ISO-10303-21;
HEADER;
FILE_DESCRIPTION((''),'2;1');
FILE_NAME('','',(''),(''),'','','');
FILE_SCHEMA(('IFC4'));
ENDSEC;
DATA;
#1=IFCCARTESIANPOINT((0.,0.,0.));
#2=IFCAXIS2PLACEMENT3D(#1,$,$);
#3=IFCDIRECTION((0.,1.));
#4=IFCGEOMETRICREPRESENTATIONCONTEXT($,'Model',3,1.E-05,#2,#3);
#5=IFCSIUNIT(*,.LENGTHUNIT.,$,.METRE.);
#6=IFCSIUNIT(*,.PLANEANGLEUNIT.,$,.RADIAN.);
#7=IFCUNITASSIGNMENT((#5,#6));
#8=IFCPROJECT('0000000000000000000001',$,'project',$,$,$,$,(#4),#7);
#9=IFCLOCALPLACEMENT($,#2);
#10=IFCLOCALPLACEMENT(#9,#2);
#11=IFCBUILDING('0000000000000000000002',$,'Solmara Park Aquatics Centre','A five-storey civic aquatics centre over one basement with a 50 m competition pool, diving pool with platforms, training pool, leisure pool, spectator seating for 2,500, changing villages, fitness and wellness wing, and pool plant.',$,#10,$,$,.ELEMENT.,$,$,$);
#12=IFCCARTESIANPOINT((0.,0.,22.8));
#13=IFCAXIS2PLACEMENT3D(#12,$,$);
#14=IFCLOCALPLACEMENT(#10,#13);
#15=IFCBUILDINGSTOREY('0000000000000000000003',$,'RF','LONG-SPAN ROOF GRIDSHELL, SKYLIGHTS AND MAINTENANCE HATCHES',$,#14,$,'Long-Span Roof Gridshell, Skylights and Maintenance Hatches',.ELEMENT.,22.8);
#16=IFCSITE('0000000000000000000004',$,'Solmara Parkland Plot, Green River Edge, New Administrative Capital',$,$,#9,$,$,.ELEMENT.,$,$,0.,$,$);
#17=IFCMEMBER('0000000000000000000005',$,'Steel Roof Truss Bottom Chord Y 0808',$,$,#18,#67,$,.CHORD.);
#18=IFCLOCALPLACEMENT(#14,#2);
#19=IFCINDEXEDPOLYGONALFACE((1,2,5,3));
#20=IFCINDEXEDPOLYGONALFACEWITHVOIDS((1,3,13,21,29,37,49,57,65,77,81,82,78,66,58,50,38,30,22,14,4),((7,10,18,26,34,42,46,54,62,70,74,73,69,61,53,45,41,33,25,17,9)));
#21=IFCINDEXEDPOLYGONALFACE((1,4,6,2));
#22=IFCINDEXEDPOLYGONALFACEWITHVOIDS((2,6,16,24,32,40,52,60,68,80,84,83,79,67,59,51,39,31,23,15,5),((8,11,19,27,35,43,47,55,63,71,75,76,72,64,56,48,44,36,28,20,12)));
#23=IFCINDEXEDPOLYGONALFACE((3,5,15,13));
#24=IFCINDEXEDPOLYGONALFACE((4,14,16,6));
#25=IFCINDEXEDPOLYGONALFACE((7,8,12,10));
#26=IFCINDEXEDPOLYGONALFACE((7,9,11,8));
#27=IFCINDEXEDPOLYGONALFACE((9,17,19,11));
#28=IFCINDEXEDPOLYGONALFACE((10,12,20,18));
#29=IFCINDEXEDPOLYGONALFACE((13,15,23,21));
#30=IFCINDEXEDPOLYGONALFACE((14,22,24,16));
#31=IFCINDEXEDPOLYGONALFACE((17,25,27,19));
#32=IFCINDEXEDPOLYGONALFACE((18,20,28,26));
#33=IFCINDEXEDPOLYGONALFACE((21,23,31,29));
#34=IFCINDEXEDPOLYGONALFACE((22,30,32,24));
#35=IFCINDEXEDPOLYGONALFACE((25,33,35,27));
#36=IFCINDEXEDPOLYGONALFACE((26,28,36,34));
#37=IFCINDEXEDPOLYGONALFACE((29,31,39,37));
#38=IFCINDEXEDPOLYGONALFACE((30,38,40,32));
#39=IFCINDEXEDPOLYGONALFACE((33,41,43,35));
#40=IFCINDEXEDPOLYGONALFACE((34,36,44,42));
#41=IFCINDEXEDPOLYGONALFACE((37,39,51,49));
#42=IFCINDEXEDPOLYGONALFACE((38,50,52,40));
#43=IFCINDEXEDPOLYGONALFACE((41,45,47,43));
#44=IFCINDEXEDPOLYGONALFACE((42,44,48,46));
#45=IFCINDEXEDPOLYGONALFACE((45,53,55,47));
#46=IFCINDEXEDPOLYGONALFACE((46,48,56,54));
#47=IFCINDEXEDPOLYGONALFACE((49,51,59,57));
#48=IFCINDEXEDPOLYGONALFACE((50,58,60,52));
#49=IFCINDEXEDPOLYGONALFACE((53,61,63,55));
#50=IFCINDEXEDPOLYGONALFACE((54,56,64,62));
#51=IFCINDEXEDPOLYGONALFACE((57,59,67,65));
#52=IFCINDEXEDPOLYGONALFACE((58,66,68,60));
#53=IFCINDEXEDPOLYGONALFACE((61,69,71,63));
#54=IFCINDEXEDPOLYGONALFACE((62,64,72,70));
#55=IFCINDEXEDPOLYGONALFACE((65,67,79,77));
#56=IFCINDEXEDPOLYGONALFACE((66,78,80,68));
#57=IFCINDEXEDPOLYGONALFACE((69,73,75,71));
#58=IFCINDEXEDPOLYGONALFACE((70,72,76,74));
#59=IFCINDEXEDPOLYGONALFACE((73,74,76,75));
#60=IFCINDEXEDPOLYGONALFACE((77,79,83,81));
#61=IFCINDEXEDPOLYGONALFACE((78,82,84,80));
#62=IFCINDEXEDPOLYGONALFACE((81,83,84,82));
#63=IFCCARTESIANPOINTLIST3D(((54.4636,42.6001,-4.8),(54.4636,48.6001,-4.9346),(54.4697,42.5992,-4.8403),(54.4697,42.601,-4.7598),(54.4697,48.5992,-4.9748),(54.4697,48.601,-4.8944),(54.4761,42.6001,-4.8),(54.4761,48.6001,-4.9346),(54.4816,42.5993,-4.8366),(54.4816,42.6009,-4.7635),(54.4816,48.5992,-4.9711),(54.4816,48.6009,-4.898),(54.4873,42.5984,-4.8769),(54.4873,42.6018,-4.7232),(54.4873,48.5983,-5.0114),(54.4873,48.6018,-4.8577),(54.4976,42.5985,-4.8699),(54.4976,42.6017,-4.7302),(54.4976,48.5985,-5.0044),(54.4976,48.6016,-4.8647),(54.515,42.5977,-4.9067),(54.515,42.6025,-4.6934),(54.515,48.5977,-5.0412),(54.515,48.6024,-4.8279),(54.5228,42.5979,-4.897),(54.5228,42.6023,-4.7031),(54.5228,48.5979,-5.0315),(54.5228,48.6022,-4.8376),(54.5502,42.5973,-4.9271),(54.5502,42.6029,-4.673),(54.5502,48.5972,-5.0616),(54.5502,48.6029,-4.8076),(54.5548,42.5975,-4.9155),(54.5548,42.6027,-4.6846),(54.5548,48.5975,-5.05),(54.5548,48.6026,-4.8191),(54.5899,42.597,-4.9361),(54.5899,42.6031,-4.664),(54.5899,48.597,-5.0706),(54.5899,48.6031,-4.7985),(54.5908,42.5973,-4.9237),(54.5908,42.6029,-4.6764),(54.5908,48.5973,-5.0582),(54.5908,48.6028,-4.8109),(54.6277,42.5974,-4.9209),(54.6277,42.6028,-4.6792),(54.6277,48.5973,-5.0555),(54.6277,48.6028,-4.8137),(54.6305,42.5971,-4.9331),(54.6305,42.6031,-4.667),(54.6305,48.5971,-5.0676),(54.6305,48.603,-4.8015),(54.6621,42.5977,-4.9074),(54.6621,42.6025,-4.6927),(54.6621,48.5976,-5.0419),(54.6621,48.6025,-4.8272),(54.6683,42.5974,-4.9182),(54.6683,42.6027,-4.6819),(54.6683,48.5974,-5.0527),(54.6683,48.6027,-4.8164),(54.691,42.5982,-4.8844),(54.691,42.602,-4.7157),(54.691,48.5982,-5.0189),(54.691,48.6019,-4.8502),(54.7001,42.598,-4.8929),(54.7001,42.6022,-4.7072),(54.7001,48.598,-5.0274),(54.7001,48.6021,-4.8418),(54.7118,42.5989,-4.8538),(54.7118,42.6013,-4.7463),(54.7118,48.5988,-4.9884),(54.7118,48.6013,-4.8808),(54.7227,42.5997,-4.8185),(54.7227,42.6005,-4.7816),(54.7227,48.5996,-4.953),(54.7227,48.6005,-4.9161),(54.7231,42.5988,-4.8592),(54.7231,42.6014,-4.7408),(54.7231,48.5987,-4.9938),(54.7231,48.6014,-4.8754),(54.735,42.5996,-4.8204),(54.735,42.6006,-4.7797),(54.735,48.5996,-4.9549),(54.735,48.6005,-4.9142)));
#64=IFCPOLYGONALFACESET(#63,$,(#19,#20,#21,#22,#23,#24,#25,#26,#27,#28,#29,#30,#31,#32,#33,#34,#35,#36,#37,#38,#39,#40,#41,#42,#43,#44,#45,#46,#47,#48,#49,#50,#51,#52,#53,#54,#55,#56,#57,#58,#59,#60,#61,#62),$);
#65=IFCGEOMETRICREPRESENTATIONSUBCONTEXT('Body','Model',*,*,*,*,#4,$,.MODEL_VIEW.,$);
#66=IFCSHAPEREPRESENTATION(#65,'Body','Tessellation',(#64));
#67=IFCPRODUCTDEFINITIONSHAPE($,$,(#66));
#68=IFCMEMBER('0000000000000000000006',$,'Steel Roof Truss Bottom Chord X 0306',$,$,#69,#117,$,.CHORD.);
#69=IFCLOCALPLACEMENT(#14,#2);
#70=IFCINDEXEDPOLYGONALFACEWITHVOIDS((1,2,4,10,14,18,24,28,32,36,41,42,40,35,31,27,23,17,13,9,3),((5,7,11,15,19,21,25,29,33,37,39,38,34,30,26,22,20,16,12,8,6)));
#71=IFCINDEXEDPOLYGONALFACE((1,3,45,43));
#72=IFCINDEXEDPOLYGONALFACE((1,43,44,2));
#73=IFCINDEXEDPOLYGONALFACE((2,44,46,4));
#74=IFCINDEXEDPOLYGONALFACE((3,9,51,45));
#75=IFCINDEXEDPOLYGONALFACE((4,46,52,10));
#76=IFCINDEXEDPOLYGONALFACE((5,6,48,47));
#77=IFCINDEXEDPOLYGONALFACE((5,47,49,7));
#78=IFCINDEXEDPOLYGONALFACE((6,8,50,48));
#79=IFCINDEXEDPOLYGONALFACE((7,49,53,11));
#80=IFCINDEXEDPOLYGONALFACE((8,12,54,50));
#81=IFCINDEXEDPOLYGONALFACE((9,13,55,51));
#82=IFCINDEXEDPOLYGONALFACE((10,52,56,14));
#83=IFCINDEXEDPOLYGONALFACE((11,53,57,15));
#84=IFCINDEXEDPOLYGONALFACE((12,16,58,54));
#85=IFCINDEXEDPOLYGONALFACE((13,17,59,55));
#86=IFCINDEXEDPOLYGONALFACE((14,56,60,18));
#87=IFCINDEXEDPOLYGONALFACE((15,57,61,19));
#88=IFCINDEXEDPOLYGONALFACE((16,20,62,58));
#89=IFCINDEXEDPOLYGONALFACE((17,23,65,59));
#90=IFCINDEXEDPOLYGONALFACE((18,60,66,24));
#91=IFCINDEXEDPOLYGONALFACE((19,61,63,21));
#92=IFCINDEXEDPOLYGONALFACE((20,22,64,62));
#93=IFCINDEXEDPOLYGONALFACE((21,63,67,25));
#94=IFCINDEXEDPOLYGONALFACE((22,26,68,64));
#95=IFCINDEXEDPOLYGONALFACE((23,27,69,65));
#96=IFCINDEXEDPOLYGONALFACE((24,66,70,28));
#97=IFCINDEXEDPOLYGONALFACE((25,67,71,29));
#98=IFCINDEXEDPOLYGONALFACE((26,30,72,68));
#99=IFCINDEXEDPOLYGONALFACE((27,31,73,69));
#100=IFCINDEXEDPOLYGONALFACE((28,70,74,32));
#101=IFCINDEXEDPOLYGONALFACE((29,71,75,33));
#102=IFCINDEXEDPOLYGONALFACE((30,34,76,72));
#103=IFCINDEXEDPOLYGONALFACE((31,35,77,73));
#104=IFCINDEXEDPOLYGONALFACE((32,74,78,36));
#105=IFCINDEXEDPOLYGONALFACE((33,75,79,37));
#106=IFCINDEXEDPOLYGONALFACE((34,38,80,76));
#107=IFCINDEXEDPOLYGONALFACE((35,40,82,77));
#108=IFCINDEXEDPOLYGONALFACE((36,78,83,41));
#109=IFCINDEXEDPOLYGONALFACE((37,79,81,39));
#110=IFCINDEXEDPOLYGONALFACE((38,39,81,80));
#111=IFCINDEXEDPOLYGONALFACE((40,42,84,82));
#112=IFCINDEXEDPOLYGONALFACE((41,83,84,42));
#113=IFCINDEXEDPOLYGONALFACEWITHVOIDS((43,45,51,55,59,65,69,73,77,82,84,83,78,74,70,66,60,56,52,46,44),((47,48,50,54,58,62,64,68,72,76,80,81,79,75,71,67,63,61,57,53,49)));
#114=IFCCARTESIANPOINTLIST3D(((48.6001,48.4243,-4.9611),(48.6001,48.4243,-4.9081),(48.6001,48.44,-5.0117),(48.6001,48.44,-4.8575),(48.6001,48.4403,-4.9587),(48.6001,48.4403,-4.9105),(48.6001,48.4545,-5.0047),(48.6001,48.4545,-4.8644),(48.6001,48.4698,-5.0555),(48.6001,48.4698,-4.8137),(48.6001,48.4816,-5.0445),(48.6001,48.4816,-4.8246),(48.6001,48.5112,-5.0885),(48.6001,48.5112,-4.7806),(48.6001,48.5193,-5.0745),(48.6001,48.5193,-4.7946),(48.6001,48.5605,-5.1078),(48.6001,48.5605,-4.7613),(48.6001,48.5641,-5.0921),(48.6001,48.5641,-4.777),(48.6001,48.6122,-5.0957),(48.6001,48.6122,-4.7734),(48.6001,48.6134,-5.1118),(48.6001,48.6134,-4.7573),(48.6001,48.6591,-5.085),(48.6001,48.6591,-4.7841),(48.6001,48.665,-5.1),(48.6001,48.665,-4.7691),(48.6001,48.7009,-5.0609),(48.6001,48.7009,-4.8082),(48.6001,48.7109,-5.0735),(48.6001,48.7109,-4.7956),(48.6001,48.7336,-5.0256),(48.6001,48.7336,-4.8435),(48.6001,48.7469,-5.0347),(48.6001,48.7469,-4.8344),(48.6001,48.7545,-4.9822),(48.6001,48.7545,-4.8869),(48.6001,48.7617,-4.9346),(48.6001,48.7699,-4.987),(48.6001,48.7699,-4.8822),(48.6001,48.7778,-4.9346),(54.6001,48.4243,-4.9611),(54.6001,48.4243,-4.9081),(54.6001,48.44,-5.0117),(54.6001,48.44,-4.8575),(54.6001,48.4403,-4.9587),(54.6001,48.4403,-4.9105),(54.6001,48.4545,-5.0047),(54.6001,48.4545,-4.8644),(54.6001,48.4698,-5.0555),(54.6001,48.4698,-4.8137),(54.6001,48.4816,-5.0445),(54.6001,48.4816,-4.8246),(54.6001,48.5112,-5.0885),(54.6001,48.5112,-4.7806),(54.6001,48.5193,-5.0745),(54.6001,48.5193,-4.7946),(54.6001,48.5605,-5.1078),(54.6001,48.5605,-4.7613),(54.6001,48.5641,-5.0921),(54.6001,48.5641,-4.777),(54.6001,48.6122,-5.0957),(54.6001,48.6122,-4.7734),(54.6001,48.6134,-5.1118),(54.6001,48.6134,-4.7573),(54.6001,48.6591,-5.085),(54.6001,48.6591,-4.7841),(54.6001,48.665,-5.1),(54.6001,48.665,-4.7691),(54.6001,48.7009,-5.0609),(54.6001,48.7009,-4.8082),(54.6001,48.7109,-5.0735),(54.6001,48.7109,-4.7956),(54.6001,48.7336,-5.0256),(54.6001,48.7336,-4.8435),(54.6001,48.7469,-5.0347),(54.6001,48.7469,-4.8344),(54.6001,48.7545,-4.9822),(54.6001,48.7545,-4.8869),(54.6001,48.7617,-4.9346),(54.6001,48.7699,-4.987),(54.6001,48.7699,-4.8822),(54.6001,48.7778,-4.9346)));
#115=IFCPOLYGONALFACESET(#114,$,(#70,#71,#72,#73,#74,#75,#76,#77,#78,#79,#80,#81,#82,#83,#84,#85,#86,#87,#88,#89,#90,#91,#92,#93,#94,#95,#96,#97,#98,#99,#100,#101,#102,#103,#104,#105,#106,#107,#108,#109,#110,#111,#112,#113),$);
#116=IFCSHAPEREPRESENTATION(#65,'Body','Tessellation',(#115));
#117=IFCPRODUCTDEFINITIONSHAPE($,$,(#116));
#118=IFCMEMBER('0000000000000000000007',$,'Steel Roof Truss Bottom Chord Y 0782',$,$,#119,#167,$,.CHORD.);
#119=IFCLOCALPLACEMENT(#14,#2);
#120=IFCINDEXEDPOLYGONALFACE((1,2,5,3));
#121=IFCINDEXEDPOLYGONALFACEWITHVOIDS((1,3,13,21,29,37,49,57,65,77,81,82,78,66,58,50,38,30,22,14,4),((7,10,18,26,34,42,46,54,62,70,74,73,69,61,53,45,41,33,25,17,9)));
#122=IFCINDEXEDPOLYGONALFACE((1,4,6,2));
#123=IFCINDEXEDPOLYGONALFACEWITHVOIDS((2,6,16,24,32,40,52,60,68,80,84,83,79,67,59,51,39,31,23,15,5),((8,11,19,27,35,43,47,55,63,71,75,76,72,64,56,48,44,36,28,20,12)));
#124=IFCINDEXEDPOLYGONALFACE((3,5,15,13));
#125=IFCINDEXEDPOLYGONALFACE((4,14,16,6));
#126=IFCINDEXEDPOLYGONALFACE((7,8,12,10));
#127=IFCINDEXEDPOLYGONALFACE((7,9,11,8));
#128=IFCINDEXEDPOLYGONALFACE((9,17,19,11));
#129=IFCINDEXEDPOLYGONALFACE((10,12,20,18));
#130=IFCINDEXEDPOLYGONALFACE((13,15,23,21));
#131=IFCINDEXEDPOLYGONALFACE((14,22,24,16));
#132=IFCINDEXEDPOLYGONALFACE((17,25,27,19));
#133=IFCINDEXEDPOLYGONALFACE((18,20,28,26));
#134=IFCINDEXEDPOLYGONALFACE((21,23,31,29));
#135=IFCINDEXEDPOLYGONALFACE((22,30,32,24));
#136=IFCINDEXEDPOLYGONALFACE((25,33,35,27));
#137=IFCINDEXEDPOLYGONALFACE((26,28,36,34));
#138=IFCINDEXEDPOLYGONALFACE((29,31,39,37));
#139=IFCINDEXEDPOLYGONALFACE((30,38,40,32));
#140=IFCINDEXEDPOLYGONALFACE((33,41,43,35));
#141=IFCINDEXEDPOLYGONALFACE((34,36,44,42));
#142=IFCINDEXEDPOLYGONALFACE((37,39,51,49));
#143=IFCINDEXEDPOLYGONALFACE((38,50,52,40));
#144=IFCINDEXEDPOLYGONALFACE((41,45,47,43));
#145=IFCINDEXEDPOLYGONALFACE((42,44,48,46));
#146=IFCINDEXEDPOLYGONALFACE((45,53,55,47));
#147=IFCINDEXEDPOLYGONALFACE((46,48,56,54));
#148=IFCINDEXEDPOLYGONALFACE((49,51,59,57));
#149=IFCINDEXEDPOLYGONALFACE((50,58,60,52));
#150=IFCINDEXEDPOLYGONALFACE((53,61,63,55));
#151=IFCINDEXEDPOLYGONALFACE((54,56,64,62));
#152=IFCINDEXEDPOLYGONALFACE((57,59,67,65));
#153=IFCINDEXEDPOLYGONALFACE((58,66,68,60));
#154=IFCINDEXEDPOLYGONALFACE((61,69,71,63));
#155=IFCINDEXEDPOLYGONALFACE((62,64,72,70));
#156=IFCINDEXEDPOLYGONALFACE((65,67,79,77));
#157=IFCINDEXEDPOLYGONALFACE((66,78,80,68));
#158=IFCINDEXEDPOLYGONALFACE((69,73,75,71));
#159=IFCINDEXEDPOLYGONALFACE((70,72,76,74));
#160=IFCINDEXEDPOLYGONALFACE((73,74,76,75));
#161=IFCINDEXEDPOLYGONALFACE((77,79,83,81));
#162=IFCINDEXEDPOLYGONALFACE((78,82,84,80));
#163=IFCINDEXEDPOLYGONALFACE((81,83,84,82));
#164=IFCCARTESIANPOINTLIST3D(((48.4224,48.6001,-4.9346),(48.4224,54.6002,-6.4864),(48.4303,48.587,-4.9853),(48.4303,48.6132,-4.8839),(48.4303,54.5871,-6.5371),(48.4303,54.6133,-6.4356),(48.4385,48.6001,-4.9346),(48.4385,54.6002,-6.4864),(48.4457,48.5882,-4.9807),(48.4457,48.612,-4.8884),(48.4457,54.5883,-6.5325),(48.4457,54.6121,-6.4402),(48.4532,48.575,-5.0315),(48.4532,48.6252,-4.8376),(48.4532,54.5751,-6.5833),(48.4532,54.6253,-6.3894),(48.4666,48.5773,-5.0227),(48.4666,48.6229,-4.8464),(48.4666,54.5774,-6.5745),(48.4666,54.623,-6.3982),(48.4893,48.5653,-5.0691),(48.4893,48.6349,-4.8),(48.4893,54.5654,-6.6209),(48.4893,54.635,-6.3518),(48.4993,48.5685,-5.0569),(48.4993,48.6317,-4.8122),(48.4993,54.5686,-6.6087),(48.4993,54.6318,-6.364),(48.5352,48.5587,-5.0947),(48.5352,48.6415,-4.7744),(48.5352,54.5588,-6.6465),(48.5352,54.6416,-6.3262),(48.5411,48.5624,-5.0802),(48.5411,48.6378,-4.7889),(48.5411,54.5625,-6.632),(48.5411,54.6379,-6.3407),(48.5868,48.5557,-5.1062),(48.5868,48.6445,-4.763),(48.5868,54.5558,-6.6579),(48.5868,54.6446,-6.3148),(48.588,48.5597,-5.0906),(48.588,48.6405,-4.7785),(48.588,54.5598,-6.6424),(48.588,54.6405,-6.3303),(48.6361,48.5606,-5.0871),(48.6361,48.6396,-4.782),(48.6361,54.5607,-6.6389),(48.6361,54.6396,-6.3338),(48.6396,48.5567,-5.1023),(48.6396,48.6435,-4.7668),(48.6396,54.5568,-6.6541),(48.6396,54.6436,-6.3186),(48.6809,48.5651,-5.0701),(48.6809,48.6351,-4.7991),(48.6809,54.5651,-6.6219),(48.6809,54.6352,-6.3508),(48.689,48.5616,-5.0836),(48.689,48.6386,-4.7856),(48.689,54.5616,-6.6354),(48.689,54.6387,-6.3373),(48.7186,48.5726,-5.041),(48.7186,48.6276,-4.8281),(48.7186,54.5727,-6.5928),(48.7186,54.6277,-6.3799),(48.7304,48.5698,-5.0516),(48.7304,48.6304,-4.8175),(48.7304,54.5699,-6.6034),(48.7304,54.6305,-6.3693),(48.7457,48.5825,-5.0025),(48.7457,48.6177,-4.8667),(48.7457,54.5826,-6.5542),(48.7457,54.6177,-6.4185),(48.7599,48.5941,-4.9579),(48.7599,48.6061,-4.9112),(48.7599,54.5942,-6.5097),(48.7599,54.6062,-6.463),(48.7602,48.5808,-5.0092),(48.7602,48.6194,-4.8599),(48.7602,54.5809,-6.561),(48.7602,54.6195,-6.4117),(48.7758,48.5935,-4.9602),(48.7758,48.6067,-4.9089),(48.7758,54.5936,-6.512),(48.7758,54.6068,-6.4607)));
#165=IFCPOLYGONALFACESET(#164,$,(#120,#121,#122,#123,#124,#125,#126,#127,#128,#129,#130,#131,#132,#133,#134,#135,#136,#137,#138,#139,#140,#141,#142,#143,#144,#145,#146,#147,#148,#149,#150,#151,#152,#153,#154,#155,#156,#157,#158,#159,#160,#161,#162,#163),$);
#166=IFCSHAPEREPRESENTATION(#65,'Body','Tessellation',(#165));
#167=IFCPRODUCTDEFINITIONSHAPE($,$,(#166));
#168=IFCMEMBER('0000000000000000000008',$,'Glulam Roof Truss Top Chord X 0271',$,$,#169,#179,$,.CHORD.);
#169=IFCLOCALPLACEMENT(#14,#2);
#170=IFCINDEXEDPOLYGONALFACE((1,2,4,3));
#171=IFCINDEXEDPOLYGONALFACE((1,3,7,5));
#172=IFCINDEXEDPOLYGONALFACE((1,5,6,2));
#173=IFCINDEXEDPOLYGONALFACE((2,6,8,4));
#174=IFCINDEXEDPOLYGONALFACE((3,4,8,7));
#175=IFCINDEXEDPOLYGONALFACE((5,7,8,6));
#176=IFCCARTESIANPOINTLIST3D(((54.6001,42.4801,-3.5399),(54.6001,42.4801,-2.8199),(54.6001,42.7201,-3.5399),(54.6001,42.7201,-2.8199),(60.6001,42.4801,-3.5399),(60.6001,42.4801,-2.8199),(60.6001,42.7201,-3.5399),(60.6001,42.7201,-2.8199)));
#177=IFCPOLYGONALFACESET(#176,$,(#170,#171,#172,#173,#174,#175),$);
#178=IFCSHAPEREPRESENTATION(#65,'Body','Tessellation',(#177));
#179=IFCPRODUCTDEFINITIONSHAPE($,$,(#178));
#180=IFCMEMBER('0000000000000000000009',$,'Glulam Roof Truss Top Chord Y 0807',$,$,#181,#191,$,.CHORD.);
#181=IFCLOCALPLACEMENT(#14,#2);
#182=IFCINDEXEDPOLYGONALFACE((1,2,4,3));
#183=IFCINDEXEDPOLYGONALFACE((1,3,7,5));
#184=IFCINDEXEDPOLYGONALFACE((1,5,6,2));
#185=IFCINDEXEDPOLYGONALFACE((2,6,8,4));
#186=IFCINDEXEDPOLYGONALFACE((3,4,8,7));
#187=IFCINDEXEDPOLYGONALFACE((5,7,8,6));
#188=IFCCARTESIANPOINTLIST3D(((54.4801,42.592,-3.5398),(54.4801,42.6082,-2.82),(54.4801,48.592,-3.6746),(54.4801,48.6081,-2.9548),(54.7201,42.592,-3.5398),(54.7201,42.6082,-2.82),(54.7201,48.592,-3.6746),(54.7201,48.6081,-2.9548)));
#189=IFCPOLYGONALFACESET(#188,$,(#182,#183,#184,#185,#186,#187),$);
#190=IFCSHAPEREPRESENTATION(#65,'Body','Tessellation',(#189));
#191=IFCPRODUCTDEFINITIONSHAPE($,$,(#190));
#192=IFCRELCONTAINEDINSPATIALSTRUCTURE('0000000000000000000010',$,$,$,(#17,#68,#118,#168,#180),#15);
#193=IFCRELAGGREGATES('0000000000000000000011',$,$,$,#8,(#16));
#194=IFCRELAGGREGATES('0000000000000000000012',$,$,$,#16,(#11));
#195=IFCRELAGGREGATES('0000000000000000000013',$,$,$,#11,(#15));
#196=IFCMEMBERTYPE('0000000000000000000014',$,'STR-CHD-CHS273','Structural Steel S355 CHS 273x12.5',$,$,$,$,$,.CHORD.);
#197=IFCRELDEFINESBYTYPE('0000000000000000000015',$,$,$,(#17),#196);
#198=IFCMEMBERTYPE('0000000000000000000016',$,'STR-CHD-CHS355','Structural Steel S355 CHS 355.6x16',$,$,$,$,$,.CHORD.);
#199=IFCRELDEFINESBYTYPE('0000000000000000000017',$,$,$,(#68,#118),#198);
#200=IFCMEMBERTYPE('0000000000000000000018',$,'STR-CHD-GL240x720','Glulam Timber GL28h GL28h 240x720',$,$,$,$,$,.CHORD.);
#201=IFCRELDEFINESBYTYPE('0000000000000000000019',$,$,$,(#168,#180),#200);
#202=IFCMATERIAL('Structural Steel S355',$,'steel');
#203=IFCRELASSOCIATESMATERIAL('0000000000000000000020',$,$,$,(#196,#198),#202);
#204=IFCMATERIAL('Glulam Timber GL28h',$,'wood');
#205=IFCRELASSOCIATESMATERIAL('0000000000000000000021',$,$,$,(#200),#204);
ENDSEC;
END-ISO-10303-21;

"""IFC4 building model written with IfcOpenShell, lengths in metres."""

from ifc_helpers import new_model, si_unit, direction, frame, origin, origin_2d, place, context, subcontext, project, spatial, rectangle, hollow_circle, extrude, material, material_profile, profile_set, type_object, element, save


model = new_model("IFC4")

# Units and contexts
model_context = context("Model", 3, precision=1e-05, world=origin(), true_north=direction((0.0, 1.0)))
body_context = subcontext(model_context, "Body", "Model", "MODEL_VIEW")
ifc_project = project(units=[si_unit("LENGTHUNIT", "METRE"), si_unit("PLANEANGLEUNIT", "RADIAN")], contexts=[model_context])

# Site, building, storey
site_placement = place(None, origin())
site = spatial("IfcSite", under=ifc_project, at=site_placement, Name="Solmara Parkland Plot, Green River Edge, New Administrative Capital", CompositionType="ELEMENT", RefElevation=0.0)
building_placement = place(site_placement, origin())
building = spatial("IfcBuilding", under=site, at=building_placement, Name="Solmara Park Aquatics Centre", Description="A five-storey civic aquatics centre over one basement with a 50 m competition pool, diving pool with platforms, training pool, leisure pool, spectator seating for 2,500, changing villages, fitness and wellness wing, and pool plant.", CompositionType="ELEMENT")
storey_placement = place(building_placement, frame((0.0, 0.0, 22.8)))
storey = spatial("IfcBuildingStorey", under=building, at=storey_placement, Name="RF", Description="LONG-SPAN ROOF GRIDSHELL, SKYLIGHTS AND MAINTENANCE HATCHES", LongName="Long-Span Roof Gridshell, Skylights and Maintenance Hatches", CompositionType="ELEMENT", Elevation=22.8)

# Members
ifc_material_1 = material(Name="Structural Steel S355", Category="steel")
ifc_material_profile_1 = material_profile(ifc_material_1, hollow_circle(Radius=0.1365, WallThickness=0.0125, at=origin_2d()), Name="CHS 273x12.5")
ifc_profile_set_1 = profile_set([ifc_material_profile_1], Name="Structural Steel S355")
member_type_1 = type_object("IfcMemberType", Name="STR-CHD-CHS273", Description="Structural Steel S355 CHS 273x12.5", PredefinedType="CHORD", material=ifc_profile_set_1)
member_1_placement = place(storey_placement, frame((54.6001, 42.6001, -4.8), z_axis=(0.0, 0.999749, -0.022415), x_axis=(-1.0, 0.0, 0.0)))
element("IfcMember", 1, at=member_1_placement, inside=storey, type_object=member_type_1, Name="Steel Roof Truss Bottom Chord Y 0808", PredefinedType="CHORD", context=body_context, shape_type="SweptSolid", body=[
    extrude(hollow_circle(Radius=0.1365, WallThickness=0.0125, at=origin_2d()), origin(), (0.0, 0.0, 1.0), 6.0015),
])
ifc_material_profile_2 = material_profile(ifc_material_1, hollow_circle(Radius=0.1777, WallThickness=0.0161, at=origin_2d()), Name="CHS 355.6x16")
ifc_profile_set_2 = profile_set([ifc_material_profile_2], Name="Structural Steel S355")
member_type_2 = type_object("IfcMemberType", Name="STR-CHD-CHS355", Description="Structural Steel S355 CHS 355.6x16", PredefinedType="CHORD", material=ifc_profile_set_2)
member_2_placement = place(storey_placement, frame((48.6001, 48.6001, -4.9346), z_axis=(1.0, 0.0, 0.0), x_axis=(0.0, 1.0, 0.0)))
element("IfcMember", 2, at=member_2_placement, inside=storey, type_object=member_type_2, Name="Steel Roof Truss Bottom Chord X 0306", PredefinedType="CHORD", context=body_context, shape_type="SweptSolid", body=[
    extrude(hollow_circle(Radius=0.1777, WallThickness=0.0161, at=origin_2d()), origin(), (0.0, 0.0, 1.0), 6.0),
])
member_3_placement = place(storey_placement, frame((48.6001, 48.6001, -4.9346), z_axis=(0.0, 0.968146, -0.250388), x_axis=(-1.0, 0.0, 0.0)))
element("IfcMember", 3, at=member_3_placement, inside=storey, type_object=member_type_2, Name="Steel Roof Truss Bottom Chord Y 0782", PredefinedType="CHORD", context=body_context, shape_type="SweptSolid", body=[
    extrude(hollow_circle(Radius=0.1777, WallThickness=0.0161, at=origin_2d()), origin(), (0.0, 0.0, 1.0), 6.1975),
])
ifc_material_2 = material(Name="Glulam Timber GL28h", Category="wood")
ifc_material_profile_3 = material_profile(ifc_material_2, rectangle(XDim=0.24, YDim=0.72, at=origin_2d()), Name="GL28h 240x720")
ifc_profile_set_3 = profile_set([ifc_material_profile_3], Name="Glulam Timber GL28h")
member_type_3 = type_object("IfcMemberType", Name="STR-CHD-GL240x720", Description="Glulam Timber GL28h GL28h 240x720", PredefinedType="CHORD", material=ifc_profile_set_3)
member_4_placement = place(storey_placement, frame((54.6001, 42.6001, -3.1799), z_axis=(1.0, 0.0, 0.0), x_axis=(0.0, 1.0, 0.0)))
element("IfcMember", 4, at=member_4_placement, inside=storey, type_object=member_type_3, Name="Glulam Roof Truss Top Chord X 0271", PredefinedType="CHORD", context=body_context, shape_type="SweptSolid", body=[
    extrude(rectangle(XDim=0.24, YDim=0.72, at=origin_2d()), origin(), (0.0, 0.0, 1.0), 6.0),
])
member_5_placement = place(storey_placement, frame((54.6001, 42.6001, -3.1799), z_axis=(0.0, 0.999748, -0.022455), x_axis=(-1.0, 0.0, 0.0)))
element("IfcMember", 5, at=member_5_placement, inside=storey, type_object=member_type_3, Name="Glulam Roof Truss Top Chord Y 0807", PredefinedType="CHORD", context=body_context, shape_type="SweptSolid", body=[
    extrude(rectangle(XDim=0.24, YDim=0.72, at=origin_2d()), origin(), (0.0, 0.0, 1.0), 6.0015),
])

save(model, "model.ifc")
